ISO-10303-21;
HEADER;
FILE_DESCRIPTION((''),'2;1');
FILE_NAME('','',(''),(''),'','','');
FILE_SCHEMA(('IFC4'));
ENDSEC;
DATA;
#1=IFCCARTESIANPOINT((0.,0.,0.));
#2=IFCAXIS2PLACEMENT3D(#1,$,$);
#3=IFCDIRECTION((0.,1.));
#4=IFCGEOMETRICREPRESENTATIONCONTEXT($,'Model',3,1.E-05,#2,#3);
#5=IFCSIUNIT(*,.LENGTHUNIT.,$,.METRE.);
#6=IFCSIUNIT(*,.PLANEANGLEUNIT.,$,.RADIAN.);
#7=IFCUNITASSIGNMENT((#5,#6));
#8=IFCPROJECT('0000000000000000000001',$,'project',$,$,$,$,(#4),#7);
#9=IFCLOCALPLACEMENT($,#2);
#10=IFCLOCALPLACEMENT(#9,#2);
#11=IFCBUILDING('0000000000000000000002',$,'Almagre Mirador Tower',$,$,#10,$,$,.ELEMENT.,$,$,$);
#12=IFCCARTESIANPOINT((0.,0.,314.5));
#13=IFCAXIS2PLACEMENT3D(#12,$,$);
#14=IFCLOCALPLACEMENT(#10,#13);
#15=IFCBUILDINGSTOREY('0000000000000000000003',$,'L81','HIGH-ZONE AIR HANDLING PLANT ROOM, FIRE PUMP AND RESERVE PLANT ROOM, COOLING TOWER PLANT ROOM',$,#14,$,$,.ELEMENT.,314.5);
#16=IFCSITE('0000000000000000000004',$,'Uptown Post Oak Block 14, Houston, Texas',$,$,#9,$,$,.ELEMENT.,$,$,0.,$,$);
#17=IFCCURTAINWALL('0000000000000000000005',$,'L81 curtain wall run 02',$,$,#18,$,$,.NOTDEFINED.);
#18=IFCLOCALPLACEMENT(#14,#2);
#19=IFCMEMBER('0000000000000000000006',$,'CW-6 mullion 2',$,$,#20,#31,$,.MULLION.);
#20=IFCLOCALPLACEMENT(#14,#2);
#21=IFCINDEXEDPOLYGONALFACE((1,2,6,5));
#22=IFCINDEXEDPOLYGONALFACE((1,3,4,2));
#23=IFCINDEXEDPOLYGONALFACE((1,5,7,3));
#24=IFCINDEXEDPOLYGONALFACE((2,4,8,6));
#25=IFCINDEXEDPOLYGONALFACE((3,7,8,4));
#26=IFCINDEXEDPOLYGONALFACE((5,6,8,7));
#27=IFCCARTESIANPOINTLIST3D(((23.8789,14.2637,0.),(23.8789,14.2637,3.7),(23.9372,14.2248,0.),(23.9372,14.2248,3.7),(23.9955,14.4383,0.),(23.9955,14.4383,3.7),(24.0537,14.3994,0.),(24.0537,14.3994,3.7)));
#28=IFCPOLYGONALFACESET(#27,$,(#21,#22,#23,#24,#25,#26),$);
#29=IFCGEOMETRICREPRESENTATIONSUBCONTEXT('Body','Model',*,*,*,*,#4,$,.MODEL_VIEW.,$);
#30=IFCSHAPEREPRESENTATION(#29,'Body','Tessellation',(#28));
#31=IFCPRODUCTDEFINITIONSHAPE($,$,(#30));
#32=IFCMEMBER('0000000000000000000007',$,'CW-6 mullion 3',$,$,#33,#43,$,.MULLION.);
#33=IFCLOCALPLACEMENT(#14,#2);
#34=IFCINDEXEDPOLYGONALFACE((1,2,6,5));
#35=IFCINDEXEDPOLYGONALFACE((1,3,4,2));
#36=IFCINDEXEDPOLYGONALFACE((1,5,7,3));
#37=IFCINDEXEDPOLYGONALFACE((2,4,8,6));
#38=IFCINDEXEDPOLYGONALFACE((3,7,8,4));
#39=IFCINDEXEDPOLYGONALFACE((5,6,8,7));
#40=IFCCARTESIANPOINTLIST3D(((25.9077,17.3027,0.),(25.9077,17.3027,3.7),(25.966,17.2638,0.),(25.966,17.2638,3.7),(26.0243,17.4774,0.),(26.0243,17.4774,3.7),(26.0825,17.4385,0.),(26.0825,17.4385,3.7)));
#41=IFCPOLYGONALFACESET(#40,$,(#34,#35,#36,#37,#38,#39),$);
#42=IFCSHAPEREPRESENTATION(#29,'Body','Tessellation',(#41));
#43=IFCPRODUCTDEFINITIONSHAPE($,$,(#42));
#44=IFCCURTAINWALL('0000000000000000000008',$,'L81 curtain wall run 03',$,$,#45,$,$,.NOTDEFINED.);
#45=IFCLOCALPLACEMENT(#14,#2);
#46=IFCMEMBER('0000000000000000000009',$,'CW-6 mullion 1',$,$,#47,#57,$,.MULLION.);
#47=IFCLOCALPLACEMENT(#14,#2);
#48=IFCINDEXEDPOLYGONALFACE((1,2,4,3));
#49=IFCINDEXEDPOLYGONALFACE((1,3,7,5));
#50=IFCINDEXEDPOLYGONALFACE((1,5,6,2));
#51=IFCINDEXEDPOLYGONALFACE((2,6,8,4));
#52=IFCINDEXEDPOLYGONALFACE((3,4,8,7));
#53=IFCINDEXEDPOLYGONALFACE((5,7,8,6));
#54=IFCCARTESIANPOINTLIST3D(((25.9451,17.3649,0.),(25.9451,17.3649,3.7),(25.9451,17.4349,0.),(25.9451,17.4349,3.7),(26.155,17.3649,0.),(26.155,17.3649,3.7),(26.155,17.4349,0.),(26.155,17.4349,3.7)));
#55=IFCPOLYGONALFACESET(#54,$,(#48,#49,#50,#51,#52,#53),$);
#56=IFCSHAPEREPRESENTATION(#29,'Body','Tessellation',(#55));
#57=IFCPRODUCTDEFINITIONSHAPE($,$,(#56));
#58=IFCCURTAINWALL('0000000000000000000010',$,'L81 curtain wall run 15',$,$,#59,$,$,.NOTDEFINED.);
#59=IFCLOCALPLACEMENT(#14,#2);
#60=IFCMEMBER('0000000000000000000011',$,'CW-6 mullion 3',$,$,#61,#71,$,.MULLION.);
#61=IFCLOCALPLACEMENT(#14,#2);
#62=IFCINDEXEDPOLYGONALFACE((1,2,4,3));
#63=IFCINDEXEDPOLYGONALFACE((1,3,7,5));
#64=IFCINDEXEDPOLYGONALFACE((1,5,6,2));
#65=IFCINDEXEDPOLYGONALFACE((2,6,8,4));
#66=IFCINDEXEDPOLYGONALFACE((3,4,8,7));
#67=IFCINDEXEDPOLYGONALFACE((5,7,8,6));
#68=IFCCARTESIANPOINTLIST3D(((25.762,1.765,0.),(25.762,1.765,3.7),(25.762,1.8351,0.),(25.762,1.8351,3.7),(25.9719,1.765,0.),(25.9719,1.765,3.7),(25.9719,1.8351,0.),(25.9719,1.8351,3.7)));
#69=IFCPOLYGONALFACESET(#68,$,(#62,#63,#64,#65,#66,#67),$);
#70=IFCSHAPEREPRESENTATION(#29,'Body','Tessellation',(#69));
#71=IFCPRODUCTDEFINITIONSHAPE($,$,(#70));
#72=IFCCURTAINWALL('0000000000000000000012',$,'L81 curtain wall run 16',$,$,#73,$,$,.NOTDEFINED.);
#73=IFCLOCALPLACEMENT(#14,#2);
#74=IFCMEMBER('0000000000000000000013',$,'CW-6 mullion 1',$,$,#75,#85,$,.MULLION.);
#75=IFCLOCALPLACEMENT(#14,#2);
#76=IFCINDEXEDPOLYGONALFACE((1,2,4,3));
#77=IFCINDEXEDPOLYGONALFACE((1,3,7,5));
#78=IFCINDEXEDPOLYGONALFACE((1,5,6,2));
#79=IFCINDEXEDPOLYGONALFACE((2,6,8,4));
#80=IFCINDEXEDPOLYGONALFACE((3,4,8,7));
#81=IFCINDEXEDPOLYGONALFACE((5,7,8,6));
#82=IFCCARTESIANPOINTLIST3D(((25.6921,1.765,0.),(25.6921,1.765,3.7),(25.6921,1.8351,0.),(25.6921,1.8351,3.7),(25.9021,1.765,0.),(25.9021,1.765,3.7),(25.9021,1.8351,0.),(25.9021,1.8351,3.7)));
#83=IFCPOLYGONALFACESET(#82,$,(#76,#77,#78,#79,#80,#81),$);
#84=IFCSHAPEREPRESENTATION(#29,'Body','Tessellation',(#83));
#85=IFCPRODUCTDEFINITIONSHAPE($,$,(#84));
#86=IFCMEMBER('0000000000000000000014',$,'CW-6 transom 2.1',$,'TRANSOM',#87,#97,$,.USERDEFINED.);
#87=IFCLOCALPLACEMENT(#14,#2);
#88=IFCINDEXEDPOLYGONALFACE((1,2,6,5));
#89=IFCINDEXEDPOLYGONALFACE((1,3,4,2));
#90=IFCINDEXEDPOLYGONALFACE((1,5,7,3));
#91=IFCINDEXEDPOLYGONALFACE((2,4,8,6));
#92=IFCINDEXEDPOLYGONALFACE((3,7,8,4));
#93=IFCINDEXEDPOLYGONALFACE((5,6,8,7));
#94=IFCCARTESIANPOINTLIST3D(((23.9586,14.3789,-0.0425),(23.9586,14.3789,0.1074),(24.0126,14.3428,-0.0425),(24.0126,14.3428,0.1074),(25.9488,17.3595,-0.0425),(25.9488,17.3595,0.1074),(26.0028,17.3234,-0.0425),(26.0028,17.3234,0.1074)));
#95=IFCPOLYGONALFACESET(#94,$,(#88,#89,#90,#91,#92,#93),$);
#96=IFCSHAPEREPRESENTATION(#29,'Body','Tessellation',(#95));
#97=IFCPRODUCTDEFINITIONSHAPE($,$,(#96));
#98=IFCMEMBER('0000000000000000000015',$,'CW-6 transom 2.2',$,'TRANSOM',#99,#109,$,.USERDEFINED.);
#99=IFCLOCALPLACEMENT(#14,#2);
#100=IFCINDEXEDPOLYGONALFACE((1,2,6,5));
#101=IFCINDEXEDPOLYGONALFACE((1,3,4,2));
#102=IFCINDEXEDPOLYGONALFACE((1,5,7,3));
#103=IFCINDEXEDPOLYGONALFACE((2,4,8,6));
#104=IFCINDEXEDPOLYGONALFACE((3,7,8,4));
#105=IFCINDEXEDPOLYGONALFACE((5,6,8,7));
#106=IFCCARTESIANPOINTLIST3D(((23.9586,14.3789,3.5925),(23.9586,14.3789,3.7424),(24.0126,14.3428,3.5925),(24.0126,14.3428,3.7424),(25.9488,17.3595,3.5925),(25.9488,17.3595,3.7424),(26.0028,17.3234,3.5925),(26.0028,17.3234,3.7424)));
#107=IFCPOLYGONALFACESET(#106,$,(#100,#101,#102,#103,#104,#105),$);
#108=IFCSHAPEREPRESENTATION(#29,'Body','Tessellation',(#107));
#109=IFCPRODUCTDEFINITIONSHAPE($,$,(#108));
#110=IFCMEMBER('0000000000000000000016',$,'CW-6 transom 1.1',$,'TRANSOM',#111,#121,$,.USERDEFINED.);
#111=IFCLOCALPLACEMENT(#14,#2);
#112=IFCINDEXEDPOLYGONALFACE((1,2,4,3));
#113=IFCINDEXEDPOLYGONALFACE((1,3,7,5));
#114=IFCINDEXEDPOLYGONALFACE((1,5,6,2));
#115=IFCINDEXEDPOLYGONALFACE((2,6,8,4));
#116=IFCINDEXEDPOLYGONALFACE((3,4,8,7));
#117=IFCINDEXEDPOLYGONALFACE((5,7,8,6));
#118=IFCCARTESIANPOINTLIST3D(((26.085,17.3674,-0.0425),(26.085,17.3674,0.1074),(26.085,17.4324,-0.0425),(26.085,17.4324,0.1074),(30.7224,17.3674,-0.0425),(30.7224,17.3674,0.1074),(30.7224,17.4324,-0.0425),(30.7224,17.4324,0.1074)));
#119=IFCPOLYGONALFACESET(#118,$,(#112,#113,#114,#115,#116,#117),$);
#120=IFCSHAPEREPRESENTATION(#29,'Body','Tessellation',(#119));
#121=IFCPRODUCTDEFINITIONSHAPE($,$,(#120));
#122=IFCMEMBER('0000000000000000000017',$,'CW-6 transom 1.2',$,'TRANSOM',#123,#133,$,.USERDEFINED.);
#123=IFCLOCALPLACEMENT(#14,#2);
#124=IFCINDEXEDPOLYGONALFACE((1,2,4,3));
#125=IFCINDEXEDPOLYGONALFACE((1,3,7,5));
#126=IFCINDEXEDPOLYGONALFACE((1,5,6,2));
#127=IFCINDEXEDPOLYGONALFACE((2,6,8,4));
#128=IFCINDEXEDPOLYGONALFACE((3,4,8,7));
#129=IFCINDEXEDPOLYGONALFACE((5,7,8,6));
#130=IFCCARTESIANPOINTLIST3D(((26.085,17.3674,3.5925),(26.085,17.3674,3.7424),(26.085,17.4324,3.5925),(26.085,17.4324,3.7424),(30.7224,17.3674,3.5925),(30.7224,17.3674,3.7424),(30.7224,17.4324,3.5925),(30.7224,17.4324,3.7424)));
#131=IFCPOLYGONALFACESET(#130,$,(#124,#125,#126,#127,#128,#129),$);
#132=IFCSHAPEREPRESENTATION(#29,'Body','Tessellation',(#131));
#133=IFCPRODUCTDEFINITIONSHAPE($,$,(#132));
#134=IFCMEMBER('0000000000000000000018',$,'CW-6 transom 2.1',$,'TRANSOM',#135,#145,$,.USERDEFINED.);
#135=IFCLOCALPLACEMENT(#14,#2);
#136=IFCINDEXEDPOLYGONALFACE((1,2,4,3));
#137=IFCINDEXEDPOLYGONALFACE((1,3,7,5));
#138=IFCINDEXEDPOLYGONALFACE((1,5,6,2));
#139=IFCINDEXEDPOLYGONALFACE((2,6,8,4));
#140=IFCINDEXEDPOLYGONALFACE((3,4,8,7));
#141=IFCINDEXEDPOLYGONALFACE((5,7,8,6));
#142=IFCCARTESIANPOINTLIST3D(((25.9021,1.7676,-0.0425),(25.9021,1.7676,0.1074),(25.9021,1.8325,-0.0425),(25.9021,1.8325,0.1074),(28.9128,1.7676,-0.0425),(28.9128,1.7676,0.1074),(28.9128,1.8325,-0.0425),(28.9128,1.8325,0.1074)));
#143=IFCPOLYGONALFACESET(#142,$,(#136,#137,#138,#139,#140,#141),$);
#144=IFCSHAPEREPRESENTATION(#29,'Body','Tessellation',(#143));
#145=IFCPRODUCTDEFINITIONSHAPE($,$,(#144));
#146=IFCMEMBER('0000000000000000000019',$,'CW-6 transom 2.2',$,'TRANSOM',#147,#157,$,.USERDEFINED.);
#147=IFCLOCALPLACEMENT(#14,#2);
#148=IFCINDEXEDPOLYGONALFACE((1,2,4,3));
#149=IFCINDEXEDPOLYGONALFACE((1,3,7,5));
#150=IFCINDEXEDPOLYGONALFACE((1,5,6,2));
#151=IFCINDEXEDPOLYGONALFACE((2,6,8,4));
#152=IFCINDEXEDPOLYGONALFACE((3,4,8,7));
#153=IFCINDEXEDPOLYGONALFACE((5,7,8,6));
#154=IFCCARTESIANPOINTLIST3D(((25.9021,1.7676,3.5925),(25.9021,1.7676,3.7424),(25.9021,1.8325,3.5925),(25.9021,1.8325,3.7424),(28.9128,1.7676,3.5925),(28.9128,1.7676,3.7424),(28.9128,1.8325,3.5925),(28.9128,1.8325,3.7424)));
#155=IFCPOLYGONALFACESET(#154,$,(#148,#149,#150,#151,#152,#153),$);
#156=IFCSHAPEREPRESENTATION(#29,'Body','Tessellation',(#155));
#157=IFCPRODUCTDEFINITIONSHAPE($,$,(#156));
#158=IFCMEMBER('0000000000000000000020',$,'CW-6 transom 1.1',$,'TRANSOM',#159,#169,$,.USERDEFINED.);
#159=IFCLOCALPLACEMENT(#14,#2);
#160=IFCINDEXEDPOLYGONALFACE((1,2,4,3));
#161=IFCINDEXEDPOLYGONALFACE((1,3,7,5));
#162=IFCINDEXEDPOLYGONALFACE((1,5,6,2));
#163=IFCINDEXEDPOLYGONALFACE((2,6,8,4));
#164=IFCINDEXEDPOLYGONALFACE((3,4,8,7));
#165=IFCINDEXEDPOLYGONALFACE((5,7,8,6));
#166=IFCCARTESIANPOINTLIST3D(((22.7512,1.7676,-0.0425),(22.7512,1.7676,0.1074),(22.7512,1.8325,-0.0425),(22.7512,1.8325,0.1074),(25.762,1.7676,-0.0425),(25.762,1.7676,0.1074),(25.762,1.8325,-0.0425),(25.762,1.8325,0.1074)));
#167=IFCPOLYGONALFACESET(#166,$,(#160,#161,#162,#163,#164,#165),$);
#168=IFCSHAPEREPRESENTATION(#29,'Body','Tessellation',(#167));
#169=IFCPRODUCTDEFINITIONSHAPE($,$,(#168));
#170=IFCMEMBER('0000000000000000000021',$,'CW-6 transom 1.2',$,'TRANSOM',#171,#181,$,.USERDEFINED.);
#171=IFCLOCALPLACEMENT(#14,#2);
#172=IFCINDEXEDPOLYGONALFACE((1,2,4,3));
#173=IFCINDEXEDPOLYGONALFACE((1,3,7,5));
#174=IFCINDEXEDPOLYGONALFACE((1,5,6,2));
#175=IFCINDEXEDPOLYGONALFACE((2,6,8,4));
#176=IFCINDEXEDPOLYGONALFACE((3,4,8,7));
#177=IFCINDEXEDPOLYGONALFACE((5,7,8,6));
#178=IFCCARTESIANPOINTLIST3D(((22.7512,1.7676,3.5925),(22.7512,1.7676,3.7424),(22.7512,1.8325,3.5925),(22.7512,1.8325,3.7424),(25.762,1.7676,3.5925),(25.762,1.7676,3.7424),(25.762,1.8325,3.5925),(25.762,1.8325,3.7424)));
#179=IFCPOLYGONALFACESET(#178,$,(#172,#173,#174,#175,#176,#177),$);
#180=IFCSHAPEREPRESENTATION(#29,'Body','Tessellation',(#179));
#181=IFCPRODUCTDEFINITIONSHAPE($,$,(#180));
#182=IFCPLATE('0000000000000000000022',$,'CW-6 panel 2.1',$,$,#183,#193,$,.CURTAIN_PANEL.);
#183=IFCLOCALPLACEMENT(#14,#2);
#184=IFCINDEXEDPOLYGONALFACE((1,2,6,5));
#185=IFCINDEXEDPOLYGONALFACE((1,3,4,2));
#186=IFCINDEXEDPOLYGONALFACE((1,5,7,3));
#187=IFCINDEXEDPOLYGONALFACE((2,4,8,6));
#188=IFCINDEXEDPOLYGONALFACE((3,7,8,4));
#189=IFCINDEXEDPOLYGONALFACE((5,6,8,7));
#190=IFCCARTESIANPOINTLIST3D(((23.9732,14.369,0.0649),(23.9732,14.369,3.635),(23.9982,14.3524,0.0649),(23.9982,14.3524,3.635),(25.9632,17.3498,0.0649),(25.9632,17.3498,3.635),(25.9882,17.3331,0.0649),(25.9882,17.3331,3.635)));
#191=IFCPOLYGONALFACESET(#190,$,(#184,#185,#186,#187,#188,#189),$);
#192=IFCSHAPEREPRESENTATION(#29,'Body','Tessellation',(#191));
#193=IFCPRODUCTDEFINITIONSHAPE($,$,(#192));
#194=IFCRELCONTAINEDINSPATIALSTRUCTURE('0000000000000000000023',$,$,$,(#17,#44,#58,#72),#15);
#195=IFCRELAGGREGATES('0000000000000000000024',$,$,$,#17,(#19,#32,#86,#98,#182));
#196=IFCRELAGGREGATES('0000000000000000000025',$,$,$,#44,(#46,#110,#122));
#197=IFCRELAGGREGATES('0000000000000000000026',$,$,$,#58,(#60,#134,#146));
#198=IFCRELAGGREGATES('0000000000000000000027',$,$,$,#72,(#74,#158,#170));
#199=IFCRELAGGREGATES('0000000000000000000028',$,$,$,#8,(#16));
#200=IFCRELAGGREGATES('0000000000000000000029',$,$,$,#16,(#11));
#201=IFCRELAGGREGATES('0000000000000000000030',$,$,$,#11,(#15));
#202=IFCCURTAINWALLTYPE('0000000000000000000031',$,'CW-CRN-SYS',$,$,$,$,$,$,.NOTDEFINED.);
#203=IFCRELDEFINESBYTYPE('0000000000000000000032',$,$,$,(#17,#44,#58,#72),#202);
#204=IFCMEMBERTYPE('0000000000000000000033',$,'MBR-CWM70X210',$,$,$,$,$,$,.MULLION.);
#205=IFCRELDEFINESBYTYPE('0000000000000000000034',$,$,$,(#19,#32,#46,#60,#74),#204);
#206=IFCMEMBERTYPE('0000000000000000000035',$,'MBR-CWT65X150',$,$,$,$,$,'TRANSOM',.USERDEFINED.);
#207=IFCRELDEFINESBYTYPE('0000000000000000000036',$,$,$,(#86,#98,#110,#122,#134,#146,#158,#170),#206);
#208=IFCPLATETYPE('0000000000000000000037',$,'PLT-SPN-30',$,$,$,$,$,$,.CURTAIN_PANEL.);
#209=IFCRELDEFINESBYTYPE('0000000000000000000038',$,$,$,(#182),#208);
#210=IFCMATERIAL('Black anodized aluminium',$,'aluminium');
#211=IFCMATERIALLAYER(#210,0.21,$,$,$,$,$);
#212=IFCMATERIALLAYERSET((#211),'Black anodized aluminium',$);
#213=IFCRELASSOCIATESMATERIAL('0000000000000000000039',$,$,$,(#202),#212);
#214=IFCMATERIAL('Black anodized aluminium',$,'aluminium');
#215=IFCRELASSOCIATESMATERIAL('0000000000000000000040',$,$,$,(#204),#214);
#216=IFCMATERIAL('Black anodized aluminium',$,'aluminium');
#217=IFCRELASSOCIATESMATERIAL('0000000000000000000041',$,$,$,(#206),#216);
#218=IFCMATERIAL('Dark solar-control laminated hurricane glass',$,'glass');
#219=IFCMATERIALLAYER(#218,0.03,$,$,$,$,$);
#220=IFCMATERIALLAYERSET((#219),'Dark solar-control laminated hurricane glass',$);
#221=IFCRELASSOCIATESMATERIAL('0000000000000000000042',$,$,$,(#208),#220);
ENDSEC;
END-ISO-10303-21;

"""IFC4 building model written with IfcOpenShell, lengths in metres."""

from ifc_helpers import new_model, si_unit, direction, frame, origin, origin_2d, place, context, subcontext, project, spatial, rectangle, extrude, material, layer, layer_set, material_profile, profile_set, type_object, element, aggregate, save


model = new_model("IFC4")

# Units and contexts
model_context = context("Model", 3, precision=1e-05, world=origin(), true_north=direction((0.0, 1.0)))
body_context = subcontext(model_context, "Body", "Model", "MODEL_VIEW")
ifc_project = project(units=[si_unit("LENGTHUNIT", "METRE"), si_unit("PLANEANGLEUNIT", "RADIAN")], contexts=[model_context])

# Site, building, storey
site_placement = place(None, origin())
site = spatial("IfcSite", under=ifc_project, at=site_placement, Name="Uptown Post Oak Block 14, Houston, Texas", CompositionType="ELEMENT", RefElevation=0.0)
building_placement = place(site_placement, origin())
building = spatial("IfcBuilding", under=site, at=building_placement, Name="Almagre Mirador Tower", CompositionType="ELEMENT")
storey_placement = place(building_placement, frame((0.0, 0.0, 314.5)))
storey = spatial("IfcBuildingStorey", under=building, at=storey_placement, Name="L81", Description="HIGH-ZONE AIR HANDLING PLANT ROOM, FIRE PUMP AND RESERVE PLANT ROOM, COOLING TOWER PLANT ROOM", CompositionType="ELEMENT", Elevation=314.5)

# Curtain wall, members
ifc_material_1 = material(Name="Black anodized aluminium", Category="aluminium")
ifc_layer_1 = layer(ifc_material_1, 0.21)
ifc_layer_set_1 = layer_set([ifc_layer_1], Name="Black anodized aluminium")
curtain_wall_type = type_object("IfcCurtainWallType", Name="CW-CRN-SYS", PredefinedType="NOTDEFINED", material=ifc_layer_set_1)
curtain_wall_1_placement = place(storey_placement, origin())
curtain_wall_1 = element("IfcCurtainWall", 1, at=curtain_wall_1_placement, inside=storey, type_object=curtain_wall_type, Name="L81 curtain wall run 02", PredefinedType="NOTDEFINED")
ifc_material_2 = material(Name="Black anodized aluminium", Category="aluminium")
ifc_material_profile_1 = material_profile(ifc_material_2, rectangle(XDim=0.0701, YDim=0.21, at=origin_2d()), Name="CWM70X210")
ifc_profile_set_1 = profile_set([ifc_material_profile_1], Name="Black anodized aluminium")
member_type_1 = type_object("IfcMemberType", Name="MBR-CWM70X210", PredefinedType="MULLION", material=ifc_profile_set_1)
member_1_placement = place(storey_placement, frame((23.9663, 14.3315, 0.0), z_axis=(0.0, 0.0, 1.0), x_axis=(-0.831685, 0.555247, 0.0)))
member_1 = element("IfcMember", 2, at=member_1_placement, type_object=member_type_1, Name="CW-6 mullion 2", PredefinedType="MULLION", context=body_context, shape_type="SweptSolid", body=[
    extrude(rectangle(XDim=0.0701, YDim=0.21, at=origin_2d()), origin(), (0.0, 0.0, 1.0), 3.7),
])
member_2_placement = place(storey_placement, frame((25.9951, 17.3706, 0.0), z_axis=(0.0, 0.0, 1.0), x_axis=(-0.831685, 0.555247, 0.0)))
member_2 = element("IfcMember", 3, at=member_2_placement, type_object=member_type_1, Name="CW-6 mullion 3", PredefinedType="MULLION", context=body_context, shape_type="SweptSolid", body=[
    extrude(rectangle(XDim=0.0701, YDim=0.21, at=origin_2d()), origin(), (0.0, 0.0, 1.0), 3.7),
])

# Curtain walls, members
curtain_wall_2_placement = place(storey_placement, origin())
curtain_wall_2 = element("IfcCurtainWall", 4, at=curtain_wall_2_placement, inside=storey, type_object=curtain_wall_type, Name="L81 curtain wall run 03", PredefinedType="NOTDEFINED")
member_3_placement = place(storey_placement, frame((26.05, 17.3999, 0.0), z_axis=(0.0, 0.0, 1.0), x_axis=(0.0, 1.0, 0.0)))
member_3 = element("IfcMember", 5, at=member_3_placement, type_object=member_type_1, Name="CW-6 mullion 1", PredefinedType="MULLION", context=body_context, shape_type="SweptSolid", body=[
    extrude(rectangle(XDim=0.0701, YDim=0.21, at=origin_2d()), origin(), (0.0, 0.0, 1.0), 3.7),
])
curtain_wall_3_placement = place(storey_placement, origin())
curtain_wall_3 = element("IfcCurtainWall", 6, at=curtain_wall_3_placement, inside=storey, type_object=curtain_wall_type, Name="L81 curtain wall run 15", PredefinedType="NOTDEFINED")
member_4_placement = place(storey_placement, frame((25.8669, 1.8, 0.0), z_axis=(0.0, 0.0, 1.0), x_axis=(0.0, -1.0, 0.0)))
member_4 = element("IfcMember", 7, at=member_4_placement, type_object=member_type_1, Name="CW-6 mullion 3", PredefinedType="MULLION", context=body_context, shape_type="SweptSolid", body=[
    extrude(rectangle(XDim=0.0701, YDim=0.21, at=origin_2d()), origin(), (0.0, 0.0, 1.0), 3.7),
])
curtain_wall_4_placement = place(storey_placement, origin())
curtain_wall_4 = element("IfcCurtainWall", 8, at=curtain_wall_4_placement, inside=storey, type_object=curtain_wall_type, Name="L81 curtain wall run 16", PredefinedType="NOTDEFINED")
member_5_placement = place(storey_placement, frame((25.7971, 1.8, 0.0), z_axis=(0.0, 0.0, 1.0), x_axis=(0.0, -1.0, 0.0)))
member_5 = element("IfcMember", 9, at=member_5_placement, type_object=member_type_1, Name="CW-6 mullion 1", PredefinedType="MULLION", context=body_context, shape_type="SweptSolid", body=[
    extrude(rectangle(XDim=0.0701, YDim=0.21, at=origin_2d()), origin(), (0.0, 0.0, 1.0), 3.7),
])

# Members
ifc_material_3 = material(Name="Black anodized aluminium", Category="aluminium")
ifc_material_profile_2 = material_profile(ifc_material_3, rectangle(XDim=0.0649, YDim=0.1499, at=origin_2d()), Name="CWT65X150")
ifc_profile_set_2 = profile_set([ifc_material_profile_2], Name="Black anodized aluminium")
member_type_2 = type_object("IfcMemberType", Name="MBR-CWT65X150", ElementType="TRANSOM", PredefinedType="USERDEFINED", material=ifc_profile_set_2)
member_6_placement = place(storey_placement, frame((23.9856, 14.3608, 0.0325), z_axis=(0.555297, 0.831652, 0.0), x_axis=(-0.831652, 0.555297, 0.0)))
member_6 = element("IfcMember", 10, at=member_6_placement, type_object=member_type_2, Name="CW-6 transom 2.1", ObjectType="TRANSOM", PredefinedType="USERDEFINED", context=body_context, shape_type="SweptSolid", body=[
    extrude(rectangle(XDim=0.0649, YDim=0.1499, at=origin_2d()), origin(), (0.0, 0.0, 1.0), 3.584),
])
member_7_placement = place(storey_placement, frame((23.9856, 14.3608, 3.6675), z_axis=(0.555297, 0.831652, 0.0), x_axis=(-0.831652, 0.555297, 0.0)))
member_7 = element("IfcMember", 11, at=member_7_placement, type_object=member_type_2, Name="CW-6 transom 2.2", ObjectType="TRANSOM", PredefinedType="USERDEFINED", context=body_context, shape_type="SweptSolid", body=[
    extrude(rectangle(XDim=0.0649, YDim=0.1499, at=origin_2d()), origin(), (0.0, 0.0, 1.0), 3.584),
])
member_8_placement = place(storey_placement, frame((26.085, 17.3999, 0.0325), z_axis=(1.0, 0.0, 0.0), x_axis=(0.0, 1.0, 0.0)))
member_8 = element("IfcMember", 12, at=member_8_placement, type_object=member_type_2, Name="CW-6 transom 1.1", ObjectType="TRANSOM", PredefinedType="USERDEFINED", context=body_context, shape_type="SweptSolid", body=[
    extrude(rectangle(XDim=0.0649, YDim=0.1499, at=origin_2d()), origin(), (0.0, 0.0, 1.0), 4.6375),
])
member_9_placement = place(storey_placement, frame((26.085, 17.3999, 3.6675), z_axis=(1.0, 0.0, 0.0), x_axis=(0.0, 1.0, 0.0)))
member_9 = element("IfcMember", 13, at=member_9_placement, type_object=member_type_2, Name="CW-6 transom 1.2", ObjectType="TRANSOM", PredefinedType="USERDEFINED", context=body_context, shape_type="SweptSolid", body=[
    extrude(rectangle(XDim=0.0649, YDim=0.1499, at=origin_2d()), origin(), (0.0, 0.0, 1.0), 4.6375),
])
member_10_placement = place(storey_placement, frame((28.9128, 1.8, 0.0325), z_axis=(-1.0, 0.0, 0.0), x_axis=(0.0, -1.0, 0.0)))
member_10 = element("IfcMember", 14, at=member_10_placement, type_object=member_type_2, Name="CW-6 transom 2.1", ObjectType="TRANSOM", PredefinedType="USERDEFINED", context=body_context, shape_type="SweptSolid", body=[
    extrude(rectangle(XDim=0.0649, YDim=0.1499, at=origin_2d()), origin(), (0.0, 0.0, 1.0), 3.0107),
])
member_11_placement = place(storey_placement, frame((28.9128, 1.8, 3.6675), z_axis=(-1.0, 0.0, 0.0), x_axis=(0.0, -1.0, 0.0)))
member_11 = element("IfcMember", 15, at=member_11_placement, type_object=member_type_2, Name="CW-6 transom 2.2", ObjectType="TRANSOM", PredefinedType="USERDEFINED", context=body_context, shape_type="SweptSolid", body=[
    extrude(rectangle(XDim=0.0649, YDim=0.1499, at=origin_2d()), origin(), (0.0, 0.0, 1.0), 3.0107),
])
member_12_placement = place(storey_placement, frame((25.762, 1.8, 0.0325), z_axis=(-1.0, 0.0, 0.0), x_axis=(0.0, -1.0, 0.0)))
member_12 = element("IfcMember", 16, at=member_12_placement, type_object=member_type_2, Name="CW-6 transom 1.1", ObjectType="TRANSOM", PredefinedType="USERDEFINED", context=body_context, shape_type="SweptSolid", body=[
    extrude(rectangle(XDim=0.0649, YDim=0.1499, at=origin_2d()), origin(), (0.0, 0.0, 1.0), 3.0107),
])
member_13_placement = place(storey_placement, frame((25.762, 1.8, 3.6675), z_axis=(-1.0, 0.0, 0.0), x_axis=(0.0, -1.0, 0.0)))
member_13 = element("IfcMember", 17, at=member_13_placement, type_object=member_type_2, Name="CW-6 transom 1.2", ObjectType="TRANSOM", PredefinedType="USERDEFINED", context=body_context, shape_type="SweptSolid", body=[
    extrude(rectangle(XDim=0.0649, YDim=0.1499, at=origin_2d()), origin(), (0.0, 0.0, 1.0), 3.0107),
])

# Plate
ifc_material_4 = material(Name="Dark solar-control laminated hurricane glass", Category="glass")
ifc_layer_2 = layer(ifc_material_4, 0.03)
ifc_layer_set_2 = layer_set([ifc_layer_2], Name="Dark solar-control laminated hurricane glass")
plate_type = type_object("IfcPlateType", Name="PLT-SPN-30", PredefinedType="CURTAIN_PANEL", material=ifc_layer_set_2)
plate_1_placement = place(storey_placement, frame((24.9807, 15.8511, 0.0649), z_axis=(0.0, 0.0, 1.0), x_axis=(0.555247, 0.831685, 0.0)))
plate_1 = element("IfcPlate", 18, at=plate_1_placement, type_object=plate_type, Name="CW-6 panel 2.1", PredefinedType="CURTAIN_PANEL", context=body_context, shape_type="SweptSolid", body=[
    extrude(rectangle(XDim=3.584, YDim=0.03, at=origin_2d()), origin(), (0.0, 0.0, 1.0), 3.5701),
])
aggregate(curtain_wall_1, [member_1, member_2, member_6, member_7, plate_1])
aggregate(curtain_wall_2, [member_3, member_8, member_9])
aggregate(curtain_wall_3, [member_4, member_10, member_11])
aggregate(curtain_wall_4, [member_5, member_12, member_13])

save(model, "model.ifc")
